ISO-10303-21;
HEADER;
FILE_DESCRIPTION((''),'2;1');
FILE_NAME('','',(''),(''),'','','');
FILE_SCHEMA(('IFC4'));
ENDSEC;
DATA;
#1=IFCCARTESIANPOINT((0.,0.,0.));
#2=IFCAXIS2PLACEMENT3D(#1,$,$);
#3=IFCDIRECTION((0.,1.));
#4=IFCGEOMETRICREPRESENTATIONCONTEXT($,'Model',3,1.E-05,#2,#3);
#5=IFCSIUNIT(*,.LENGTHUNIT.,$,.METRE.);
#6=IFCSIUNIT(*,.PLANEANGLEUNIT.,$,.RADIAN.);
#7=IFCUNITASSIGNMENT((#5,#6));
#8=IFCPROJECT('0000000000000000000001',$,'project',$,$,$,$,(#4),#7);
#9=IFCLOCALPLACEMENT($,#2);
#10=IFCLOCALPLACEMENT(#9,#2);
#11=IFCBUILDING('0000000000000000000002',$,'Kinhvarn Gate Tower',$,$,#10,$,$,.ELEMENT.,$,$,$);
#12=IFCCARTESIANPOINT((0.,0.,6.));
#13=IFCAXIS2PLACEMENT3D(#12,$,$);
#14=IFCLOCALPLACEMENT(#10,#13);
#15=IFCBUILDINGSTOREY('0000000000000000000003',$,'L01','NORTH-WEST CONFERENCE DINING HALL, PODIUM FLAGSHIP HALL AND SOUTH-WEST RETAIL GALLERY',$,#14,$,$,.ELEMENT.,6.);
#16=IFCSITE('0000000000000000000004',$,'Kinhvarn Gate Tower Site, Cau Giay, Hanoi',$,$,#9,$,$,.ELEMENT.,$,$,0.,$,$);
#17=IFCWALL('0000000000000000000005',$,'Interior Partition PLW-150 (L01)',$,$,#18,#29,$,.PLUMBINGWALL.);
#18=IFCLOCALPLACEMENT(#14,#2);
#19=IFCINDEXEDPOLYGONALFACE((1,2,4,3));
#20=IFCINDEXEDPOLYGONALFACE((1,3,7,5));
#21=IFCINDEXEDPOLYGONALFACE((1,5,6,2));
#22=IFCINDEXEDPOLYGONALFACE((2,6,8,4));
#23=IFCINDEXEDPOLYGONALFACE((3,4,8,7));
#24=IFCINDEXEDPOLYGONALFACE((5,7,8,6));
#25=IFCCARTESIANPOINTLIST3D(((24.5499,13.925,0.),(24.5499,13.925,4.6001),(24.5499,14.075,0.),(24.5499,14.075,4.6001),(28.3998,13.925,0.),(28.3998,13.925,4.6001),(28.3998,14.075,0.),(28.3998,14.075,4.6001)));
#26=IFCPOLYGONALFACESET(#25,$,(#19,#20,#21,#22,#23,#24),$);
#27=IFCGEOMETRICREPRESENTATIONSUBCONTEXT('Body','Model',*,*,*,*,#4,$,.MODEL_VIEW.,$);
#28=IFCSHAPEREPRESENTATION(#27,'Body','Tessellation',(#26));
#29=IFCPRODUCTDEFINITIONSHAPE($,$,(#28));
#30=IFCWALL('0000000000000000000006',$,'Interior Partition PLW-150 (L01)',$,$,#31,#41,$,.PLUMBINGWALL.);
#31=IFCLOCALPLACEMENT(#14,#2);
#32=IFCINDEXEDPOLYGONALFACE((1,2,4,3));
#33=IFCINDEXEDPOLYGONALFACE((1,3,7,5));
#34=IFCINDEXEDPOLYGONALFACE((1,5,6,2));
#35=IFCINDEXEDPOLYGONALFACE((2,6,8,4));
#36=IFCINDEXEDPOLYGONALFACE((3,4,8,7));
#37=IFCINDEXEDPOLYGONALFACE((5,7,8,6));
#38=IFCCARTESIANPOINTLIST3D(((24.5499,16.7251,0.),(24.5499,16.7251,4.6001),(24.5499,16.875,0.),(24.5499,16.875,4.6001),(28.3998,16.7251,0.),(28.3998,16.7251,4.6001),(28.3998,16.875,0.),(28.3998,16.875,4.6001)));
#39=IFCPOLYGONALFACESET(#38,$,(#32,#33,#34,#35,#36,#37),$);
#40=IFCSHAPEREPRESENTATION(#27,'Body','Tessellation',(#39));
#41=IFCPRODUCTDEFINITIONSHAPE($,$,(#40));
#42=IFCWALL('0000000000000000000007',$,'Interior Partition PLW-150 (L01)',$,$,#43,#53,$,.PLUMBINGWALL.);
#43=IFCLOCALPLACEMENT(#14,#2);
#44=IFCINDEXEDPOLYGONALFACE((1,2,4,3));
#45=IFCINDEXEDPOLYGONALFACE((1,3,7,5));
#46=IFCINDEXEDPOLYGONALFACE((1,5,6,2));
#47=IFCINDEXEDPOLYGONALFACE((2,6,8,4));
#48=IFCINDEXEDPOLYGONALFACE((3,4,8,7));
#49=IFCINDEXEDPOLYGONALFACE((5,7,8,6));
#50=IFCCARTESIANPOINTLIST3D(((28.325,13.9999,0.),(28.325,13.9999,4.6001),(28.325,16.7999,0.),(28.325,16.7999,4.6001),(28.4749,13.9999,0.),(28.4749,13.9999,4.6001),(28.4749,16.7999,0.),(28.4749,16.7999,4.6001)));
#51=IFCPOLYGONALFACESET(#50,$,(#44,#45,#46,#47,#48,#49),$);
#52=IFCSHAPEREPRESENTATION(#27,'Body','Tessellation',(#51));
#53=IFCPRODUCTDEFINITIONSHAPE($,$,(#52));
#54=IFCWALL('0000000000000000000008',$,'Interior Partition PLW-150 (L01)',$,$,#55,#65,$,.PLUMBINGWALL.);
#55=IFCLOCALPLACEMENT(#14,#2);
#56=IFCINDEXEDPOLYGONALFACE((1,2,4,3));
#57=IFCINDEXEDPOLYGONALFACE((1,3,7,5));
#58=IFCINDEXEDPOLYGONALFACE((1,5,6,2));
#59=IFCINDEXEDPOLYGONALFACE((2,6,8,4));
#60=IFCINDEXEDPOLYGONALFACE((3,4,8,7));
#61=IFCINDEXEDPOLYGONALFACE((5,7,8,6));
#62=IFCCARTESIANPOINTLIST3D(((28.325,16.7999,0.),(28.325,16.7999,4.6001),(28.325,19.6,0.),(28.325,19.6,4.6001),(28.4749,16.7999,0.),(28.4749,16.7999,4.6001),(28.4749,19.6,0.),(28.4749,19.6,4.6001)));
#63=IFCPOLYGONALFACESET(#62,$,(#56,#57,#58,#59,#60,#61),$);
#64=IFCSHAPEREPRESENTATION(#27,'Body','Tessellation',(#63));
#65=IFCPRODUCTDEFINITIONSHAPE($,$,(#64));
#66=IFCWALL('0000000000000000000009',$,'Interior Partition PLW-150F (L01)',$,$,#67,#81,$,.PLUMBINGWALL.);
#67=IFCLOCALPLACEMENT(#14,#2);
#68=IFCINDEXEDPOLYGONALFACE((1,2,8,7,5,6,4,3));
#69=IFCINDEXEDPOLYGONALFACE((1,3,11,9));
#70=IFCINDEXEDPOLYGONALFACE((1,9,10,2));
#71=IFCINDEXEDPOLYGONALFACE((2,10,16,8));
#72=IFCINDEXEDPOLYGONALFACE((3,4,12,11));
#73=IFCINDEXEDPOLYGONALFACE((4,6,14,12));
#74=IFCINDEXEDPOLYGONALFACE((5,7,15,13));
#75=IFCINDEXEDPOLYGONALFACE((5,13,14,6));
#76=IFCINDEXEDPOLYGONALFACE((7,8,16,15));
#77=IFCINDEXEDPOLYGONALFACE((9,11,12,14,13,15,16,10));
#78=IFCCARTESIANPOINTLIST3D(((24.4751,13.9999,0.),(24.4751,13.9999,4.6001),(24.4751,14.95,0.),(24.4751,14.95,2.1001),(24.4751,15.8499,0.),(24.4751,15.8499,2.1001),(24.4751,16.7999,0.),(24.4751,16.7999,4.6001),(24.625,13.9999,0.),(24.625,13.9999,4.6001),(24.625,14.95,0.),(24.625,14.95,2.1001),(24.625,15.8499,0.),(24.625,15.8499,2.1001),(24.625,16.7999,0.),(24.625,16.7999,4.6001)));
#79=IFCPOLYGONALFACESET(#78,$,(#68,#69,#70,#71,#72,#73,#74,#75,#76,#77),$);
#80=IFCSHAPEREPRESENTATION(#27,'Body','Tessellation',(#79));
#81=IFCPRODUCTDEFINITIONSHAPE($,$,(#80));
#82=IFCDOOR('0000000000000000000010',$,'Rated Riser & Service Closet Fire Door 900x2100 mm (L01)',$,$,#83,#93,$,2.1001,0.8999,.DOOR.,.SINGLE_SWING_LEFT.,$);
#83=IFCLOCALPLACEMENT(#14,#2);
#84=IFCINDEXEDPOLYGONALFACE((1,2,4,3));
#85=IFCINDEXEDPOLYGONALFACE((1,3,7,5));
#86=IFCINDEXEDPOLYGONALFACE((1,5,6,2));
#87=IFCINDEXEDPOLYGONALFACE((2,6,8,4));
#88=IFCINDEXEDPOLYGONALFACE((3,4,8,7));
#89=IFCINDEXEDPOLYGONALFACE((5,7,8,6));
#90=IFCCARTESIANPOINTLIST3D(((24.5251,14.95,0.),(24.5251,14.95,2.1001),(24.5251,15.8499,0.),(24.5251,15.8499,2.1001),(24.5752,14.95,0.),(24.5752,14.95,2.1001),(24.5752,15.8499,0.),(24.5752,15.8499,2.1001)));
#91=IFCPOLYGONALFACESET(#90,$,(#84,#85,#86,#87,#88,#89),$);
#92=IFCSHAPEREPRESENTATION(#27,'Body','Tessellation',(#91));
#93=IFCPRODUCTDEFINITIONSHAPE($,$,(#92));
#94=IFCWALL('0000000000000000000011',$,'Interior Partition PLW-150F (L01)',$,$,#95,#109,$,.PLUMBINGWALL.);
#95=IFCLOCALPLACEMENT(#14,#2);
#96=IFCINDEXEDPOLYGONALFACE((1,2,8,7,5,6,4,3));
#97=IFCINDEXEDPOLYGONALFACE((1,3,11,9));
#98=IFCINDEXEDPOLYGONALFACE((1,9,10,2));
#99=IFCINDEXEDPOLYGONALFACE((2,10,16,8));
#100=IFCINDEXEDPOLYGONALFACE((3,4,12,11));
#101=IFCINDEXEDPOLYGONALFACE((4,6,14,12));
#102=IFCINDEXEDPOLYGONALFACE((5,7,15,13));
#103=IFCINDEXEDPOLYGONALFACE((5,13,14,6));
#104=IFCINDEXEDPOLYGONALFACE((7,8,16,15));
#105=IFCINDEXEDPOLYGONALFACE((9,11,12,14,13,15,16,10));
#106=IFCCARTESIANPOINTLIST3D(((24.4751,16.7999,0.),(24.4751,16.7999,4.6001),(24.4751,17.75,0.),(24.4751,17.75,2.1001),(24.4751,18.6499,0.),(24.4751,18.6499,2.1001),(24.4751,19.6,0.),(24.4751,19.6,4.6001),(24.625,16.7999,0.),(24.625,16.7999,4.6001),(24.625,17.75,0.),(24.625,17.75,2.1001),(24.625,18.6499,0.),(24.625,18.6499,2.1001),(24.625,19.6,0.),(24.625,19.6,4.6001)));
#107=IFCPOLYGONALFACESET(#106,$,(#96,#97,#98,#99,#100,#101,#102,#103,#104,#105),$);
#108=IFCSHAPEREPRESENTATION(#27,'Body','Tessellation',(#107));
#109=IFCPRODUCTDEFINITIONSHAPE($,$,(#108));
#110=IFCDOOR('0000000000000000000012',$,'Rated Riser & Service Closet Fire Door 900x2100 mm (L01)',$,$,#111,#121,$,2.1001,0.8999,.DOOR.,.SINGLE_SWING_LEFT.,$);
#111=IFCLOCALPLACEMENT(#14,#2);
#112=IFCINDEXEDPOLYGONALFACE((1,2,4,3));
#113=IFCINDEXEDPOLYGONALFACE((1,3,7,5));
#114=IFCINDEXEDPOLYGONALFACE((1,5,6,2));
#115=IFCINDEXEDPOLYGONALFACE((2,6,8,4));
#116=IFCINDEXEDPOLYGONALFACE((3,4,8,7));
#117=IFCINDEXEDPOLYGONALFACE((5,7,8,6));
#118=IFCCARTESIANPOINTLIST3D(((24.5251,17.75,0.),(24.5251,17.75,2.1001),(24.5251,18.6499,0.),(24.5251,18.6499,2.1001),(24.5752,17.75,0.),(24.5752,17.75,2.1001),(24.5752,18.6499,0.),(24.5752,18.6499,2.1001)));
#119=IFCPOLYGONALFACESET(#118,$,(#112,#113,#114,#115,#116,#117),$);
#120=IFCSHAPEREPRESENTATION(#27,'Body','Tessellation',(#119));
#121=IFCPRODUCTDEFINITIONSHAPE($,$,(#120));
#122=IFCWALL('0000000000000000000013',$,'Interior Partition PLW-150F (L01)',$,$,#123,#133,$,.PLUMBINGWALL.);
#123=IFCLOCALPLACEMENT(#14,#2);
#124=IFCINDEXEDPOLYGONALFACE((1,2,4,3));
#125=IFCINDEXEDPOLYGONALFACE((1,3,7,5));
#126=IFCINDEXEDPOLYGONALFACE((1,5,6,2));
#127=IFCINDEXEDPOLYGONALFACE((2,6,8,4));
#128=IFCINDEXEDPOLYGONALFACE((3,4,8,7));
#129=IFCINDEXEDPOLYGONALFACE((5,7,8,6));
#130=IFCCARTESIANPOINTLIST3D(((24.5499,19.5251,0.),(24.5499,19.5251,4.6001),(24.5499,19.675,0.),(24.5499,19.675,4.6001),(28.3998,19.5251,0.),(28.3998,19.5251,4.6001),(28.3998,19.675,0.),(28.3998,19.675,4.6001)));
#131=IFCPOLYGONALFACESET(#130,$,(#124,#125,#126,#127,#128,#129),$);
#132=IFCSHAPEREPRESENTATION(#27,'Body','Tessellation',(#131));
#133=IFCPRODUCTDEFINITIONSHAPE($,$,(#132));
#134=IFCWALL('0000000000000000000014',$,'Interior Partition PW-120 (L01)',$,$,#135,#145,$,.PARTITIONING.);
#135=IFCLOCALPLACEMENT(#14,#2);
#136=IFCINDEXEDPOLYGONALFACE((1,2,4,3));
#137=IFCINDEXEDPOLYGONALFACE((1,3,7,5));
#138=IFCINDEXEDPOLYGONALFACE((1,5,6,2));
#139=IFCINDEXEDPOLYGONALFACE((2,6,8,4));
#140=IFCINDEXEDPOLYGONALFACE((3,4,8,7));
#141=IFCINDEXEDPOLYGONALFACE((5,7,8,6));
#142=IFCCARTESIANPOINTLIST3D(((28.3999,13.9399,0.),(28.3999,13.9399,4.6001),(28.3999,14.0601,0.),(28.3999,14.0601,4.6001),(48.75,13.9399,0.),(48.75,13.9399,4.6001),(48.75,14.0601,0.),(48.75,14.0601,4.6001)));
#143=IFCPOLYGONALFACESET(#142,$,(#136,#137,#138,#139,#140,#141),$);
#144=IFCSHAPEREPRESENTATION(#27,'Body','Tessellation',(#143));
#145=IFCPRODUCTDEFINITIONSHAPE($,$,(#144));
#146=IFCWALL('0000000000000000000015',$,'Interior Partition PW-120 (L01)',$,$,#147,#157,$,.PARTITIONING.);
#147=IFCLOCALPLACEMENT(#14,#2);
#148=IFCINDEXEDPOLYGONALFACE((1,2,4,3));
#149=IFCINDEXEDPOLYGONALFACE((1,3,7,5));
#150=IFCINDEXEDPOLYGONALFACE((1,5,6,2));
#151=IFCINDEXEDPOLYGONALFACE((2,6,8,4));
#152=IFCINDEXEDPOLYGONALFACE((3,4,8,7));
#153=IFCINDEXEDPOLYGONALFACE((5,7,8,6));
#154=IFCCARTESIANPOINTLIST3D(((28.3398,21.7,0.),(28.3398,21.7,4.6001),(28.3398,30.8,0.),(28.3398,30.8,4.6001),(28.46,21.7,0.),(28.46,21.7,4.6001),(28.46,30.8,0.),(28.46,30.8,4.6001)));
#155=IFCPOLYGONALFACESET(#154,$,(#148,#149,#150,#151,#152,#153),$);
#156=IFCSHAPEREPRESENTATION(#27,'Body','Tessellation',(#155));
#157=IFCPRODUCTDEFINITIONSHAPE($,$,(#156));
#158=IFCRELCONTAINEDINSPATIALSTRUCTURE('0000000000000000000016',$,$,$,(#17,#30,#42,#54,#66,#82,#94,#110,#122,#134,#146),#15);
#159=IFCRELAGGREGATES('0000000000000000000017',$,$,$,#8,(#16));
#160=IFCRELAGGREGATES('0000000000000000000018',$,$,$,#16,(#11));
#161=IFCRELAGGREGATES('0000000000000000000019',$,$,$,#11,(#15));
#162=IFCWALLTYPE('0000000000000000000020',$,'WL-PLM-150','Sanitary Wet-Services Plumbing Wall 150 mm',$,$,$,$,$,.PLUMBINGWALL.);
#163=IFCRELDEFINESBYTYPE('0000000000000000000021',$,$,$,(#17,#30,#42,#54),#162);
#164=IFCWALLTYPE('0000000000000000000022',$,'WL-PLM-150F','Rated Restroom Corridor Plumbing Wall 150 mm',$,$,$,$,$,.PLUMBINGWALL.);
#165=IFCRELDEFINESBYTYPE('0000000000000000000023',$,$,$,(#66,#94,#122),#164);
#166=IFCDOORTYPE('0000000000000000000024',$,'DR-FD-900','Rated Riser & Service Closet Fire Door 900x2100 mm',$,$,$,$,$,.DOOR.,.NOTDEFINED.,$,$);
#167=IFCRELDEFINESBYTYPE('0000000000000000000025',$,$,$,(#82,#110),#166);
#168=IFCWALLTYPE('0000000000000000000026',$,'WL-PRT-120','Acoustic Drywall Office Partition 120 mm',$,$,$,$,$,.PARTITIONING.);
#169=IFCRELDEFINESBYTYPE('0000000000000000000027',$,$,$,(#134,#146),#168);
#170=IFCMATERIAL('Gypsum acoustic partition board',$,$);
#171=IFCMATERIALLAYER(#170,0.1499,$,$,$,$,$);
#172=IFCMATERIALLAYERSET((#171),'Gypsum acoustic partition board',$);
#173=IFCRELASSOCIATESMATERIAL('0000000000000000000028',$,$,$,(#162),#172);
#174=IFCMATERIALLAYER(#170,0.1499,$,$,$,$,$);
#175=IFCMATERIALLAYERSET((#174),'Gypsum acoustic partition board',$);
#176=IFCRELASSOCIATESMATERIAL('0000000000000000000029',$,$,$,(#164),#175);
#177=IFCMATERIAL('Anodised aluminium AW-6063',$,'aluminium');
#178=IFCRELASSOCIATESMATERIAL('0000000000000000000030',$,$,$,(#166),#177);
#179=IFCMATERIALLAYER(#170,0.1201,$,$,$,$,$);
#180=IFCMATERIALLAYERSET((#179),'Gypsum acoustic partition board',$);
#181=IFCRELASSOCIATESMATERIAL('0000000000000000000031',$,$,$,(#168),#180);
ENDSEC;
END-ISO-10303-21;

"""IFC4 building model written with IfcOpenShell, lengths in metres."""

from ifc_helpers import new_model, si_unit, direction, frame, frame_2d, origin, place, context, subcontext, project, spatial, rectangle, extrude, material, layer, layer_set, type_object, element, fill, save


model = new_model("IFC4")

# Units and contexts
model_context = context("Model", 3, precision=1e-05, world=origin(), true_north=direction((0.0, 1.0)))
body_context = subcontext(model_context, "Body", "Model", "MODEL_VIEW")
ifc_project = project(units=[si_unit("LENGTHUNIT", "METRE"), si_unit("PLANEANGLEUNIT", "RADIAN")], contexts=[model_context])

# Site, building, storey
site_placement = place(None, origin())
site = spatial("IfcSite", under=ifc_project, at=site_placement, Name="Kinhvarn Gate Tower Site, Cau Giay, Hanoi", CompositionType="ELEMENT", RefElevation=0.0)
building_placement = place(site_placement, origin())
building = spatial("IfcBuilding", under=site, at=building_placement, Name="Kinhvarn Gate Tower", CompositionType="ELEMENT")
storey_placement = place(building_placement, frame((0.0, 0.0, 6.0)))
storey = spatial("IfcBuildingStorey", under=building, at=storey_placement, Name="L01", Description="NORTH-WEST CONFERENCE DINING HALL, PODIUM FLAGSHIP HALL AND SOUTH-WEST RETAIL GALLERY", CompositionType="ELEMENT", Elevation=6.0)

# Shared definitions
ifc_material_1 = material(Name="Anodised aluminium AW-6063", Category="aluminium")

# Walls
ifc_material_2 = material(Name="Gypsum acoustic partition board")
ifc_layer_1 = layer(ifc_material_2, 0.1499)
ifc_layer_set_1 = layer_set([ifc_layer_1], Name="Gypsum acoustic partition board")
wall_type_1 = type_object("IfcWallType", Name="WL-PLM-150", Description="Sanitary Wet-Services Plumbing Wall 150 mm", PredefinedType="PLUMBINGWALL", material=ifc_layer_set_1)
for number, where, z_axis, x_axis, name in (
    (1, (24.55, 14.0, 0.0), (0.0, 0.0, 1.0), (1.0, 0.0, 0.0), "Interior Partition PLW-150 (L01)"),
    (2, (24.55, 16.8, 0.0), (0.0, 0.0, 1.0), (1.0, 0.0, 0.0), "Interior Partition PLW-150 (L01)"),
):
    element("IfcWall", number, at=place(storey_placement, frame(where, z_axis=z_axis, x_axis=x_axis)), inside=storey, type_object=wall_type_1, Name=name, PredefinedType="PLUMBINGWALL", context=body_context, shape_type="SweptSolid", body=[
        extrude(rectangle(XDim=3.8499, YDim=0.1499, at=frame_2d((1.9248, 0.0))), origin(), (0.0, 0.0, 1.0), 4.6001),
    ])
for number, where, z_axis, x_axis, name in (
    (3, (28.3999, 14.0, 0.0), (0.0, 0.0, 1.0), (0.0, 1.0, 0.0), "Interior Partition PLW-150 (L01)"),
    (4, (28.3999, 16.8, 0.0), (0.0, 0.0, 1.0), (0.0, 1.0, 0.0), "Interior Partition PLW-150 (L01)"),
):
    element("IfcWall", number, at=place(storey_placement, frame(where, z_axis=z_axis, x_axis=x_axis)), inside=storey, type_object=wall_type_1, Name=name, PredefinedType="PLUMBINGWALL", context=body_context, shape_type="SweptSolid", body=[
        extrude(rectangle(XDim=2.8, YDim=0.1499, at=frame_2d((1.3999, 0.0))), origin(), (0.0, 0.0, 1.0), 4.6001),
    ])

# Walls, openings, doors
ifc_layer_2 = layer(ifc_material_2, 0.1499)
ifc_layer_set_2 = layer_set([ifc_layer_2], Name="Gypsum acoustic partition board")
wall_type_2 = type_object("IfcWallType", Name="WL-PLM-150F", Description="Rated Restroom Corridor Plumbing Wall 150 mm", PredefinedType="PLUMBINGWALL", material=ifc_layer_set_2)
wall_1_placement = place(storey_placement, frame((24.55, 14.0, 0.0), z_axis=(0.0, 0.0, 1.0), x_axis=(0.0, 1.0, 0.0)))
wall_1 = element("IfcWall", 5, at=wall_1_placement, inside=storey, type_object=wall_type_2, Name="Interior Partition PLW-150F (L01)", PredefinedType="PLUMBINGWALL", context=body_context, shape_type="SweptSolid", body=[
    extrude(rectangle(XDim=2.8, YDim=0.1499, at=frame_2d((1.3999, 0.0))), origin(), (0.0, 0.0, 1.0), 4.6001),
])
opening_1_placement = place(wall_1_placement, frame((0.95, 0.0, 0.0)))
opening_1 = element("IfcOpeningElement", 6, at=opening_1_placement, cuts=wall_1, PredefinedType="OPENING", context=body_context, shape_type="SweptSolid", body=[
    extrude(rectangle(XDim=0.8999, YDim=2.1001, at=frame_2d((0.45, 1.05))), frame((0.0, 0.085, 0.0), z_axis=(0.0, -1.0, 0.0), x_axis=(1.0, 0.0, 0.0)), (0.0, 0.0, 1.0), 0.1699),
])
door_type_1 = type_object("IfcDoorType", Name="DR-FD-900", Description="Rated Riser & Service Closet Fire Door 900x2100 mm", OperationType="NOTDEFINED", PredefinedType="DOOR", material=ifc_material_1)
door_1_placement = place(opening_1_placement, origin())
door_1 = element("IfcDoor", 7, at=door_1_placement, inside=storey, type_object=door_type_1, Name="Rated Riser & Service Closet Fire Door 900x2100 mm (L01)", OperationType="SINGLE_SWING_LEFT", OverallHeight=2.1001, OverallWidth=0.8999, PredefinedType="DOOR", context=body_context, shape_type="SweptSolid", body=[
    extrude(rectangle(XDim=0.8999, YDim=2.1001, at=frame_2d((0.45, 1.05))), frame((0.0, 0.0249, 0.0), z_axis=(0.0, -1.0, 0.0), x_axis=(1.0, 0.0, 0.0)), (0.0, 0.0, 1.0), 0.05),
])
fill(opening_1, door_1)
wall_2_placement = place(storey_placement, frame((24.55, 16.8, 0.0), z_axis=(0.0, 0.0, 1.0), x_axis=(0.0, 1.0, 0.0)))
wall_2 = element("IfcWall", 8, at=wall_2_placement, inside=storey, type_object=wall_type_2, Name="Interior Partition PLW-150F (L01)", PredefinedType="PLUMBINGWALL", context=body_context, shape_type="SweptSolid", body=[
    extrude(rectangle(XDim=2.8, YDim=0.1499, at=frame_2d((1.3999, 0.0))), origin(), (0.0, 0.0, 1.0), 4.6001),
])
opening_2_placement = place(wall_2_placement, frame((0.95, 0.0, 0.0)))
opening_2 = element("IfcOpeningElement", 9, at=opening_2_placement, cuts=wall_2, PredefinedType="OPENING", context=body_context, shape_type="SweptSolid", body=[
    extrude(rectangle(XDim=0.8999, YDim=2.1001, at=frame_2d((0.45, 1.05))), frame((0.0, 0.085, 0.0), z_axis=(0.0, -1.0, 0.0), x_axis=(1.0, 0.0, 0.0)), (0.0, 0.0, 1.0), 0.1699),
])
door_2_placement = place(opening_2_placement, origin())
door_2 = element("IfcDoor", 10, at=door_2_placement, inside=storey, type_object=door_type_1, Name="Rated Riser & Service Closet Fire Door 900x2100 mm (L01)", OperationType="SINGLE_SWING_LEFT", OverallHeight=2.1001, OverallWidth=0.8999, PredefinedType="DOOR", context=body_context, shape_type="SweptSolid", body=[
    extrude(rectangle(XDim=0.8999, YDim=2.1001, at=frame_2d((0.45, 1.05))), frame((0.0, 0.0249, 0.0), z_axis=(0.0, -1.0, 0.0), x_axis=(1.0, 0.0, 0.0)), (0.0, 0.0, 1.0), 0.05),
])
fill(opening_2, door_2)

# Walls
wall_3_placement = place(storey_placement, frame((24.55, 19.6001, 0.0), z_axis=(0.0, 0.0, 1.0), x_axis=(1.0, 0.0, 0.0)))
element("IfcWall", 11, at=wall_3_placement, inside=storey, type_object=wall_type_2, Name="Interior Partition PLW-150F (L01)", PredefinedType="PLUMBINGWALL", context=body_context, shape_type="SweptSolid", body=[
    extrude(rectangle(XDim=3.8499, YDim=0.1499, at=frame_2d((1.9248, 0.0))), origin(), (0.0, 0.0, 1.0), 4.6001),
])
ifc_layer_3 = layer(ifc_material_2, 0.1201)
ifc_layer_set_3 = layer_set([ifc_layer_3], Name="Gypsum acoustic partition board")
wall_type_3 = type_object("IfcWallType", Name="WL-PRT-120", Description="Acoustic Drywall Office Partition 120 mm", PredefinedType="PARTITIONING", material=ifc_layer_set_3)
wall_4_placement = place(storey_placement, frame((28.3999, 14.0, 0.0), z_axis=(0.0, 0.0, 1.0), x_axis=(1.0, 0.0, 0.0)))
element("IfcWall", 12, at=wall_4_placement, inside=storey, type_object=wall_type_3, Name="Interior Partition PW-120 (L01)", PredefinedType="PARTITIONING", context=body_context, shape_type="SweptSolid", body=[
    extrude(rectangle(XDim=20.3501, YDim=0.1201, at=frame_2d((10.175, 0.0))), origin(), (0.0, 0.0, 1.0), 4.6001),
])
wall_5_placement = place(storey_placement, frame((28.3999, 21.7, 0.0), z_axis=(0.0, 0.0, 1.0), x_axis=(0.0, 1.0, 0.0)))
element("IfcWall", 13, at=wall_5_placement, inside=storey, type_object=wall_type_3, Name="Interior Partition PW-120 (L01)", PredefinedType="PARTITIONING", context=body_context, shape_type="SweptSolid", body=[
    extrude(rectangle(XDim=9.1001, YDim=0.1201, at=frame_2d((4.55, 0.0))), origin(), (0.0, 0.0, 1.0), 4.6001),
])

save(model, "model.ifc")
